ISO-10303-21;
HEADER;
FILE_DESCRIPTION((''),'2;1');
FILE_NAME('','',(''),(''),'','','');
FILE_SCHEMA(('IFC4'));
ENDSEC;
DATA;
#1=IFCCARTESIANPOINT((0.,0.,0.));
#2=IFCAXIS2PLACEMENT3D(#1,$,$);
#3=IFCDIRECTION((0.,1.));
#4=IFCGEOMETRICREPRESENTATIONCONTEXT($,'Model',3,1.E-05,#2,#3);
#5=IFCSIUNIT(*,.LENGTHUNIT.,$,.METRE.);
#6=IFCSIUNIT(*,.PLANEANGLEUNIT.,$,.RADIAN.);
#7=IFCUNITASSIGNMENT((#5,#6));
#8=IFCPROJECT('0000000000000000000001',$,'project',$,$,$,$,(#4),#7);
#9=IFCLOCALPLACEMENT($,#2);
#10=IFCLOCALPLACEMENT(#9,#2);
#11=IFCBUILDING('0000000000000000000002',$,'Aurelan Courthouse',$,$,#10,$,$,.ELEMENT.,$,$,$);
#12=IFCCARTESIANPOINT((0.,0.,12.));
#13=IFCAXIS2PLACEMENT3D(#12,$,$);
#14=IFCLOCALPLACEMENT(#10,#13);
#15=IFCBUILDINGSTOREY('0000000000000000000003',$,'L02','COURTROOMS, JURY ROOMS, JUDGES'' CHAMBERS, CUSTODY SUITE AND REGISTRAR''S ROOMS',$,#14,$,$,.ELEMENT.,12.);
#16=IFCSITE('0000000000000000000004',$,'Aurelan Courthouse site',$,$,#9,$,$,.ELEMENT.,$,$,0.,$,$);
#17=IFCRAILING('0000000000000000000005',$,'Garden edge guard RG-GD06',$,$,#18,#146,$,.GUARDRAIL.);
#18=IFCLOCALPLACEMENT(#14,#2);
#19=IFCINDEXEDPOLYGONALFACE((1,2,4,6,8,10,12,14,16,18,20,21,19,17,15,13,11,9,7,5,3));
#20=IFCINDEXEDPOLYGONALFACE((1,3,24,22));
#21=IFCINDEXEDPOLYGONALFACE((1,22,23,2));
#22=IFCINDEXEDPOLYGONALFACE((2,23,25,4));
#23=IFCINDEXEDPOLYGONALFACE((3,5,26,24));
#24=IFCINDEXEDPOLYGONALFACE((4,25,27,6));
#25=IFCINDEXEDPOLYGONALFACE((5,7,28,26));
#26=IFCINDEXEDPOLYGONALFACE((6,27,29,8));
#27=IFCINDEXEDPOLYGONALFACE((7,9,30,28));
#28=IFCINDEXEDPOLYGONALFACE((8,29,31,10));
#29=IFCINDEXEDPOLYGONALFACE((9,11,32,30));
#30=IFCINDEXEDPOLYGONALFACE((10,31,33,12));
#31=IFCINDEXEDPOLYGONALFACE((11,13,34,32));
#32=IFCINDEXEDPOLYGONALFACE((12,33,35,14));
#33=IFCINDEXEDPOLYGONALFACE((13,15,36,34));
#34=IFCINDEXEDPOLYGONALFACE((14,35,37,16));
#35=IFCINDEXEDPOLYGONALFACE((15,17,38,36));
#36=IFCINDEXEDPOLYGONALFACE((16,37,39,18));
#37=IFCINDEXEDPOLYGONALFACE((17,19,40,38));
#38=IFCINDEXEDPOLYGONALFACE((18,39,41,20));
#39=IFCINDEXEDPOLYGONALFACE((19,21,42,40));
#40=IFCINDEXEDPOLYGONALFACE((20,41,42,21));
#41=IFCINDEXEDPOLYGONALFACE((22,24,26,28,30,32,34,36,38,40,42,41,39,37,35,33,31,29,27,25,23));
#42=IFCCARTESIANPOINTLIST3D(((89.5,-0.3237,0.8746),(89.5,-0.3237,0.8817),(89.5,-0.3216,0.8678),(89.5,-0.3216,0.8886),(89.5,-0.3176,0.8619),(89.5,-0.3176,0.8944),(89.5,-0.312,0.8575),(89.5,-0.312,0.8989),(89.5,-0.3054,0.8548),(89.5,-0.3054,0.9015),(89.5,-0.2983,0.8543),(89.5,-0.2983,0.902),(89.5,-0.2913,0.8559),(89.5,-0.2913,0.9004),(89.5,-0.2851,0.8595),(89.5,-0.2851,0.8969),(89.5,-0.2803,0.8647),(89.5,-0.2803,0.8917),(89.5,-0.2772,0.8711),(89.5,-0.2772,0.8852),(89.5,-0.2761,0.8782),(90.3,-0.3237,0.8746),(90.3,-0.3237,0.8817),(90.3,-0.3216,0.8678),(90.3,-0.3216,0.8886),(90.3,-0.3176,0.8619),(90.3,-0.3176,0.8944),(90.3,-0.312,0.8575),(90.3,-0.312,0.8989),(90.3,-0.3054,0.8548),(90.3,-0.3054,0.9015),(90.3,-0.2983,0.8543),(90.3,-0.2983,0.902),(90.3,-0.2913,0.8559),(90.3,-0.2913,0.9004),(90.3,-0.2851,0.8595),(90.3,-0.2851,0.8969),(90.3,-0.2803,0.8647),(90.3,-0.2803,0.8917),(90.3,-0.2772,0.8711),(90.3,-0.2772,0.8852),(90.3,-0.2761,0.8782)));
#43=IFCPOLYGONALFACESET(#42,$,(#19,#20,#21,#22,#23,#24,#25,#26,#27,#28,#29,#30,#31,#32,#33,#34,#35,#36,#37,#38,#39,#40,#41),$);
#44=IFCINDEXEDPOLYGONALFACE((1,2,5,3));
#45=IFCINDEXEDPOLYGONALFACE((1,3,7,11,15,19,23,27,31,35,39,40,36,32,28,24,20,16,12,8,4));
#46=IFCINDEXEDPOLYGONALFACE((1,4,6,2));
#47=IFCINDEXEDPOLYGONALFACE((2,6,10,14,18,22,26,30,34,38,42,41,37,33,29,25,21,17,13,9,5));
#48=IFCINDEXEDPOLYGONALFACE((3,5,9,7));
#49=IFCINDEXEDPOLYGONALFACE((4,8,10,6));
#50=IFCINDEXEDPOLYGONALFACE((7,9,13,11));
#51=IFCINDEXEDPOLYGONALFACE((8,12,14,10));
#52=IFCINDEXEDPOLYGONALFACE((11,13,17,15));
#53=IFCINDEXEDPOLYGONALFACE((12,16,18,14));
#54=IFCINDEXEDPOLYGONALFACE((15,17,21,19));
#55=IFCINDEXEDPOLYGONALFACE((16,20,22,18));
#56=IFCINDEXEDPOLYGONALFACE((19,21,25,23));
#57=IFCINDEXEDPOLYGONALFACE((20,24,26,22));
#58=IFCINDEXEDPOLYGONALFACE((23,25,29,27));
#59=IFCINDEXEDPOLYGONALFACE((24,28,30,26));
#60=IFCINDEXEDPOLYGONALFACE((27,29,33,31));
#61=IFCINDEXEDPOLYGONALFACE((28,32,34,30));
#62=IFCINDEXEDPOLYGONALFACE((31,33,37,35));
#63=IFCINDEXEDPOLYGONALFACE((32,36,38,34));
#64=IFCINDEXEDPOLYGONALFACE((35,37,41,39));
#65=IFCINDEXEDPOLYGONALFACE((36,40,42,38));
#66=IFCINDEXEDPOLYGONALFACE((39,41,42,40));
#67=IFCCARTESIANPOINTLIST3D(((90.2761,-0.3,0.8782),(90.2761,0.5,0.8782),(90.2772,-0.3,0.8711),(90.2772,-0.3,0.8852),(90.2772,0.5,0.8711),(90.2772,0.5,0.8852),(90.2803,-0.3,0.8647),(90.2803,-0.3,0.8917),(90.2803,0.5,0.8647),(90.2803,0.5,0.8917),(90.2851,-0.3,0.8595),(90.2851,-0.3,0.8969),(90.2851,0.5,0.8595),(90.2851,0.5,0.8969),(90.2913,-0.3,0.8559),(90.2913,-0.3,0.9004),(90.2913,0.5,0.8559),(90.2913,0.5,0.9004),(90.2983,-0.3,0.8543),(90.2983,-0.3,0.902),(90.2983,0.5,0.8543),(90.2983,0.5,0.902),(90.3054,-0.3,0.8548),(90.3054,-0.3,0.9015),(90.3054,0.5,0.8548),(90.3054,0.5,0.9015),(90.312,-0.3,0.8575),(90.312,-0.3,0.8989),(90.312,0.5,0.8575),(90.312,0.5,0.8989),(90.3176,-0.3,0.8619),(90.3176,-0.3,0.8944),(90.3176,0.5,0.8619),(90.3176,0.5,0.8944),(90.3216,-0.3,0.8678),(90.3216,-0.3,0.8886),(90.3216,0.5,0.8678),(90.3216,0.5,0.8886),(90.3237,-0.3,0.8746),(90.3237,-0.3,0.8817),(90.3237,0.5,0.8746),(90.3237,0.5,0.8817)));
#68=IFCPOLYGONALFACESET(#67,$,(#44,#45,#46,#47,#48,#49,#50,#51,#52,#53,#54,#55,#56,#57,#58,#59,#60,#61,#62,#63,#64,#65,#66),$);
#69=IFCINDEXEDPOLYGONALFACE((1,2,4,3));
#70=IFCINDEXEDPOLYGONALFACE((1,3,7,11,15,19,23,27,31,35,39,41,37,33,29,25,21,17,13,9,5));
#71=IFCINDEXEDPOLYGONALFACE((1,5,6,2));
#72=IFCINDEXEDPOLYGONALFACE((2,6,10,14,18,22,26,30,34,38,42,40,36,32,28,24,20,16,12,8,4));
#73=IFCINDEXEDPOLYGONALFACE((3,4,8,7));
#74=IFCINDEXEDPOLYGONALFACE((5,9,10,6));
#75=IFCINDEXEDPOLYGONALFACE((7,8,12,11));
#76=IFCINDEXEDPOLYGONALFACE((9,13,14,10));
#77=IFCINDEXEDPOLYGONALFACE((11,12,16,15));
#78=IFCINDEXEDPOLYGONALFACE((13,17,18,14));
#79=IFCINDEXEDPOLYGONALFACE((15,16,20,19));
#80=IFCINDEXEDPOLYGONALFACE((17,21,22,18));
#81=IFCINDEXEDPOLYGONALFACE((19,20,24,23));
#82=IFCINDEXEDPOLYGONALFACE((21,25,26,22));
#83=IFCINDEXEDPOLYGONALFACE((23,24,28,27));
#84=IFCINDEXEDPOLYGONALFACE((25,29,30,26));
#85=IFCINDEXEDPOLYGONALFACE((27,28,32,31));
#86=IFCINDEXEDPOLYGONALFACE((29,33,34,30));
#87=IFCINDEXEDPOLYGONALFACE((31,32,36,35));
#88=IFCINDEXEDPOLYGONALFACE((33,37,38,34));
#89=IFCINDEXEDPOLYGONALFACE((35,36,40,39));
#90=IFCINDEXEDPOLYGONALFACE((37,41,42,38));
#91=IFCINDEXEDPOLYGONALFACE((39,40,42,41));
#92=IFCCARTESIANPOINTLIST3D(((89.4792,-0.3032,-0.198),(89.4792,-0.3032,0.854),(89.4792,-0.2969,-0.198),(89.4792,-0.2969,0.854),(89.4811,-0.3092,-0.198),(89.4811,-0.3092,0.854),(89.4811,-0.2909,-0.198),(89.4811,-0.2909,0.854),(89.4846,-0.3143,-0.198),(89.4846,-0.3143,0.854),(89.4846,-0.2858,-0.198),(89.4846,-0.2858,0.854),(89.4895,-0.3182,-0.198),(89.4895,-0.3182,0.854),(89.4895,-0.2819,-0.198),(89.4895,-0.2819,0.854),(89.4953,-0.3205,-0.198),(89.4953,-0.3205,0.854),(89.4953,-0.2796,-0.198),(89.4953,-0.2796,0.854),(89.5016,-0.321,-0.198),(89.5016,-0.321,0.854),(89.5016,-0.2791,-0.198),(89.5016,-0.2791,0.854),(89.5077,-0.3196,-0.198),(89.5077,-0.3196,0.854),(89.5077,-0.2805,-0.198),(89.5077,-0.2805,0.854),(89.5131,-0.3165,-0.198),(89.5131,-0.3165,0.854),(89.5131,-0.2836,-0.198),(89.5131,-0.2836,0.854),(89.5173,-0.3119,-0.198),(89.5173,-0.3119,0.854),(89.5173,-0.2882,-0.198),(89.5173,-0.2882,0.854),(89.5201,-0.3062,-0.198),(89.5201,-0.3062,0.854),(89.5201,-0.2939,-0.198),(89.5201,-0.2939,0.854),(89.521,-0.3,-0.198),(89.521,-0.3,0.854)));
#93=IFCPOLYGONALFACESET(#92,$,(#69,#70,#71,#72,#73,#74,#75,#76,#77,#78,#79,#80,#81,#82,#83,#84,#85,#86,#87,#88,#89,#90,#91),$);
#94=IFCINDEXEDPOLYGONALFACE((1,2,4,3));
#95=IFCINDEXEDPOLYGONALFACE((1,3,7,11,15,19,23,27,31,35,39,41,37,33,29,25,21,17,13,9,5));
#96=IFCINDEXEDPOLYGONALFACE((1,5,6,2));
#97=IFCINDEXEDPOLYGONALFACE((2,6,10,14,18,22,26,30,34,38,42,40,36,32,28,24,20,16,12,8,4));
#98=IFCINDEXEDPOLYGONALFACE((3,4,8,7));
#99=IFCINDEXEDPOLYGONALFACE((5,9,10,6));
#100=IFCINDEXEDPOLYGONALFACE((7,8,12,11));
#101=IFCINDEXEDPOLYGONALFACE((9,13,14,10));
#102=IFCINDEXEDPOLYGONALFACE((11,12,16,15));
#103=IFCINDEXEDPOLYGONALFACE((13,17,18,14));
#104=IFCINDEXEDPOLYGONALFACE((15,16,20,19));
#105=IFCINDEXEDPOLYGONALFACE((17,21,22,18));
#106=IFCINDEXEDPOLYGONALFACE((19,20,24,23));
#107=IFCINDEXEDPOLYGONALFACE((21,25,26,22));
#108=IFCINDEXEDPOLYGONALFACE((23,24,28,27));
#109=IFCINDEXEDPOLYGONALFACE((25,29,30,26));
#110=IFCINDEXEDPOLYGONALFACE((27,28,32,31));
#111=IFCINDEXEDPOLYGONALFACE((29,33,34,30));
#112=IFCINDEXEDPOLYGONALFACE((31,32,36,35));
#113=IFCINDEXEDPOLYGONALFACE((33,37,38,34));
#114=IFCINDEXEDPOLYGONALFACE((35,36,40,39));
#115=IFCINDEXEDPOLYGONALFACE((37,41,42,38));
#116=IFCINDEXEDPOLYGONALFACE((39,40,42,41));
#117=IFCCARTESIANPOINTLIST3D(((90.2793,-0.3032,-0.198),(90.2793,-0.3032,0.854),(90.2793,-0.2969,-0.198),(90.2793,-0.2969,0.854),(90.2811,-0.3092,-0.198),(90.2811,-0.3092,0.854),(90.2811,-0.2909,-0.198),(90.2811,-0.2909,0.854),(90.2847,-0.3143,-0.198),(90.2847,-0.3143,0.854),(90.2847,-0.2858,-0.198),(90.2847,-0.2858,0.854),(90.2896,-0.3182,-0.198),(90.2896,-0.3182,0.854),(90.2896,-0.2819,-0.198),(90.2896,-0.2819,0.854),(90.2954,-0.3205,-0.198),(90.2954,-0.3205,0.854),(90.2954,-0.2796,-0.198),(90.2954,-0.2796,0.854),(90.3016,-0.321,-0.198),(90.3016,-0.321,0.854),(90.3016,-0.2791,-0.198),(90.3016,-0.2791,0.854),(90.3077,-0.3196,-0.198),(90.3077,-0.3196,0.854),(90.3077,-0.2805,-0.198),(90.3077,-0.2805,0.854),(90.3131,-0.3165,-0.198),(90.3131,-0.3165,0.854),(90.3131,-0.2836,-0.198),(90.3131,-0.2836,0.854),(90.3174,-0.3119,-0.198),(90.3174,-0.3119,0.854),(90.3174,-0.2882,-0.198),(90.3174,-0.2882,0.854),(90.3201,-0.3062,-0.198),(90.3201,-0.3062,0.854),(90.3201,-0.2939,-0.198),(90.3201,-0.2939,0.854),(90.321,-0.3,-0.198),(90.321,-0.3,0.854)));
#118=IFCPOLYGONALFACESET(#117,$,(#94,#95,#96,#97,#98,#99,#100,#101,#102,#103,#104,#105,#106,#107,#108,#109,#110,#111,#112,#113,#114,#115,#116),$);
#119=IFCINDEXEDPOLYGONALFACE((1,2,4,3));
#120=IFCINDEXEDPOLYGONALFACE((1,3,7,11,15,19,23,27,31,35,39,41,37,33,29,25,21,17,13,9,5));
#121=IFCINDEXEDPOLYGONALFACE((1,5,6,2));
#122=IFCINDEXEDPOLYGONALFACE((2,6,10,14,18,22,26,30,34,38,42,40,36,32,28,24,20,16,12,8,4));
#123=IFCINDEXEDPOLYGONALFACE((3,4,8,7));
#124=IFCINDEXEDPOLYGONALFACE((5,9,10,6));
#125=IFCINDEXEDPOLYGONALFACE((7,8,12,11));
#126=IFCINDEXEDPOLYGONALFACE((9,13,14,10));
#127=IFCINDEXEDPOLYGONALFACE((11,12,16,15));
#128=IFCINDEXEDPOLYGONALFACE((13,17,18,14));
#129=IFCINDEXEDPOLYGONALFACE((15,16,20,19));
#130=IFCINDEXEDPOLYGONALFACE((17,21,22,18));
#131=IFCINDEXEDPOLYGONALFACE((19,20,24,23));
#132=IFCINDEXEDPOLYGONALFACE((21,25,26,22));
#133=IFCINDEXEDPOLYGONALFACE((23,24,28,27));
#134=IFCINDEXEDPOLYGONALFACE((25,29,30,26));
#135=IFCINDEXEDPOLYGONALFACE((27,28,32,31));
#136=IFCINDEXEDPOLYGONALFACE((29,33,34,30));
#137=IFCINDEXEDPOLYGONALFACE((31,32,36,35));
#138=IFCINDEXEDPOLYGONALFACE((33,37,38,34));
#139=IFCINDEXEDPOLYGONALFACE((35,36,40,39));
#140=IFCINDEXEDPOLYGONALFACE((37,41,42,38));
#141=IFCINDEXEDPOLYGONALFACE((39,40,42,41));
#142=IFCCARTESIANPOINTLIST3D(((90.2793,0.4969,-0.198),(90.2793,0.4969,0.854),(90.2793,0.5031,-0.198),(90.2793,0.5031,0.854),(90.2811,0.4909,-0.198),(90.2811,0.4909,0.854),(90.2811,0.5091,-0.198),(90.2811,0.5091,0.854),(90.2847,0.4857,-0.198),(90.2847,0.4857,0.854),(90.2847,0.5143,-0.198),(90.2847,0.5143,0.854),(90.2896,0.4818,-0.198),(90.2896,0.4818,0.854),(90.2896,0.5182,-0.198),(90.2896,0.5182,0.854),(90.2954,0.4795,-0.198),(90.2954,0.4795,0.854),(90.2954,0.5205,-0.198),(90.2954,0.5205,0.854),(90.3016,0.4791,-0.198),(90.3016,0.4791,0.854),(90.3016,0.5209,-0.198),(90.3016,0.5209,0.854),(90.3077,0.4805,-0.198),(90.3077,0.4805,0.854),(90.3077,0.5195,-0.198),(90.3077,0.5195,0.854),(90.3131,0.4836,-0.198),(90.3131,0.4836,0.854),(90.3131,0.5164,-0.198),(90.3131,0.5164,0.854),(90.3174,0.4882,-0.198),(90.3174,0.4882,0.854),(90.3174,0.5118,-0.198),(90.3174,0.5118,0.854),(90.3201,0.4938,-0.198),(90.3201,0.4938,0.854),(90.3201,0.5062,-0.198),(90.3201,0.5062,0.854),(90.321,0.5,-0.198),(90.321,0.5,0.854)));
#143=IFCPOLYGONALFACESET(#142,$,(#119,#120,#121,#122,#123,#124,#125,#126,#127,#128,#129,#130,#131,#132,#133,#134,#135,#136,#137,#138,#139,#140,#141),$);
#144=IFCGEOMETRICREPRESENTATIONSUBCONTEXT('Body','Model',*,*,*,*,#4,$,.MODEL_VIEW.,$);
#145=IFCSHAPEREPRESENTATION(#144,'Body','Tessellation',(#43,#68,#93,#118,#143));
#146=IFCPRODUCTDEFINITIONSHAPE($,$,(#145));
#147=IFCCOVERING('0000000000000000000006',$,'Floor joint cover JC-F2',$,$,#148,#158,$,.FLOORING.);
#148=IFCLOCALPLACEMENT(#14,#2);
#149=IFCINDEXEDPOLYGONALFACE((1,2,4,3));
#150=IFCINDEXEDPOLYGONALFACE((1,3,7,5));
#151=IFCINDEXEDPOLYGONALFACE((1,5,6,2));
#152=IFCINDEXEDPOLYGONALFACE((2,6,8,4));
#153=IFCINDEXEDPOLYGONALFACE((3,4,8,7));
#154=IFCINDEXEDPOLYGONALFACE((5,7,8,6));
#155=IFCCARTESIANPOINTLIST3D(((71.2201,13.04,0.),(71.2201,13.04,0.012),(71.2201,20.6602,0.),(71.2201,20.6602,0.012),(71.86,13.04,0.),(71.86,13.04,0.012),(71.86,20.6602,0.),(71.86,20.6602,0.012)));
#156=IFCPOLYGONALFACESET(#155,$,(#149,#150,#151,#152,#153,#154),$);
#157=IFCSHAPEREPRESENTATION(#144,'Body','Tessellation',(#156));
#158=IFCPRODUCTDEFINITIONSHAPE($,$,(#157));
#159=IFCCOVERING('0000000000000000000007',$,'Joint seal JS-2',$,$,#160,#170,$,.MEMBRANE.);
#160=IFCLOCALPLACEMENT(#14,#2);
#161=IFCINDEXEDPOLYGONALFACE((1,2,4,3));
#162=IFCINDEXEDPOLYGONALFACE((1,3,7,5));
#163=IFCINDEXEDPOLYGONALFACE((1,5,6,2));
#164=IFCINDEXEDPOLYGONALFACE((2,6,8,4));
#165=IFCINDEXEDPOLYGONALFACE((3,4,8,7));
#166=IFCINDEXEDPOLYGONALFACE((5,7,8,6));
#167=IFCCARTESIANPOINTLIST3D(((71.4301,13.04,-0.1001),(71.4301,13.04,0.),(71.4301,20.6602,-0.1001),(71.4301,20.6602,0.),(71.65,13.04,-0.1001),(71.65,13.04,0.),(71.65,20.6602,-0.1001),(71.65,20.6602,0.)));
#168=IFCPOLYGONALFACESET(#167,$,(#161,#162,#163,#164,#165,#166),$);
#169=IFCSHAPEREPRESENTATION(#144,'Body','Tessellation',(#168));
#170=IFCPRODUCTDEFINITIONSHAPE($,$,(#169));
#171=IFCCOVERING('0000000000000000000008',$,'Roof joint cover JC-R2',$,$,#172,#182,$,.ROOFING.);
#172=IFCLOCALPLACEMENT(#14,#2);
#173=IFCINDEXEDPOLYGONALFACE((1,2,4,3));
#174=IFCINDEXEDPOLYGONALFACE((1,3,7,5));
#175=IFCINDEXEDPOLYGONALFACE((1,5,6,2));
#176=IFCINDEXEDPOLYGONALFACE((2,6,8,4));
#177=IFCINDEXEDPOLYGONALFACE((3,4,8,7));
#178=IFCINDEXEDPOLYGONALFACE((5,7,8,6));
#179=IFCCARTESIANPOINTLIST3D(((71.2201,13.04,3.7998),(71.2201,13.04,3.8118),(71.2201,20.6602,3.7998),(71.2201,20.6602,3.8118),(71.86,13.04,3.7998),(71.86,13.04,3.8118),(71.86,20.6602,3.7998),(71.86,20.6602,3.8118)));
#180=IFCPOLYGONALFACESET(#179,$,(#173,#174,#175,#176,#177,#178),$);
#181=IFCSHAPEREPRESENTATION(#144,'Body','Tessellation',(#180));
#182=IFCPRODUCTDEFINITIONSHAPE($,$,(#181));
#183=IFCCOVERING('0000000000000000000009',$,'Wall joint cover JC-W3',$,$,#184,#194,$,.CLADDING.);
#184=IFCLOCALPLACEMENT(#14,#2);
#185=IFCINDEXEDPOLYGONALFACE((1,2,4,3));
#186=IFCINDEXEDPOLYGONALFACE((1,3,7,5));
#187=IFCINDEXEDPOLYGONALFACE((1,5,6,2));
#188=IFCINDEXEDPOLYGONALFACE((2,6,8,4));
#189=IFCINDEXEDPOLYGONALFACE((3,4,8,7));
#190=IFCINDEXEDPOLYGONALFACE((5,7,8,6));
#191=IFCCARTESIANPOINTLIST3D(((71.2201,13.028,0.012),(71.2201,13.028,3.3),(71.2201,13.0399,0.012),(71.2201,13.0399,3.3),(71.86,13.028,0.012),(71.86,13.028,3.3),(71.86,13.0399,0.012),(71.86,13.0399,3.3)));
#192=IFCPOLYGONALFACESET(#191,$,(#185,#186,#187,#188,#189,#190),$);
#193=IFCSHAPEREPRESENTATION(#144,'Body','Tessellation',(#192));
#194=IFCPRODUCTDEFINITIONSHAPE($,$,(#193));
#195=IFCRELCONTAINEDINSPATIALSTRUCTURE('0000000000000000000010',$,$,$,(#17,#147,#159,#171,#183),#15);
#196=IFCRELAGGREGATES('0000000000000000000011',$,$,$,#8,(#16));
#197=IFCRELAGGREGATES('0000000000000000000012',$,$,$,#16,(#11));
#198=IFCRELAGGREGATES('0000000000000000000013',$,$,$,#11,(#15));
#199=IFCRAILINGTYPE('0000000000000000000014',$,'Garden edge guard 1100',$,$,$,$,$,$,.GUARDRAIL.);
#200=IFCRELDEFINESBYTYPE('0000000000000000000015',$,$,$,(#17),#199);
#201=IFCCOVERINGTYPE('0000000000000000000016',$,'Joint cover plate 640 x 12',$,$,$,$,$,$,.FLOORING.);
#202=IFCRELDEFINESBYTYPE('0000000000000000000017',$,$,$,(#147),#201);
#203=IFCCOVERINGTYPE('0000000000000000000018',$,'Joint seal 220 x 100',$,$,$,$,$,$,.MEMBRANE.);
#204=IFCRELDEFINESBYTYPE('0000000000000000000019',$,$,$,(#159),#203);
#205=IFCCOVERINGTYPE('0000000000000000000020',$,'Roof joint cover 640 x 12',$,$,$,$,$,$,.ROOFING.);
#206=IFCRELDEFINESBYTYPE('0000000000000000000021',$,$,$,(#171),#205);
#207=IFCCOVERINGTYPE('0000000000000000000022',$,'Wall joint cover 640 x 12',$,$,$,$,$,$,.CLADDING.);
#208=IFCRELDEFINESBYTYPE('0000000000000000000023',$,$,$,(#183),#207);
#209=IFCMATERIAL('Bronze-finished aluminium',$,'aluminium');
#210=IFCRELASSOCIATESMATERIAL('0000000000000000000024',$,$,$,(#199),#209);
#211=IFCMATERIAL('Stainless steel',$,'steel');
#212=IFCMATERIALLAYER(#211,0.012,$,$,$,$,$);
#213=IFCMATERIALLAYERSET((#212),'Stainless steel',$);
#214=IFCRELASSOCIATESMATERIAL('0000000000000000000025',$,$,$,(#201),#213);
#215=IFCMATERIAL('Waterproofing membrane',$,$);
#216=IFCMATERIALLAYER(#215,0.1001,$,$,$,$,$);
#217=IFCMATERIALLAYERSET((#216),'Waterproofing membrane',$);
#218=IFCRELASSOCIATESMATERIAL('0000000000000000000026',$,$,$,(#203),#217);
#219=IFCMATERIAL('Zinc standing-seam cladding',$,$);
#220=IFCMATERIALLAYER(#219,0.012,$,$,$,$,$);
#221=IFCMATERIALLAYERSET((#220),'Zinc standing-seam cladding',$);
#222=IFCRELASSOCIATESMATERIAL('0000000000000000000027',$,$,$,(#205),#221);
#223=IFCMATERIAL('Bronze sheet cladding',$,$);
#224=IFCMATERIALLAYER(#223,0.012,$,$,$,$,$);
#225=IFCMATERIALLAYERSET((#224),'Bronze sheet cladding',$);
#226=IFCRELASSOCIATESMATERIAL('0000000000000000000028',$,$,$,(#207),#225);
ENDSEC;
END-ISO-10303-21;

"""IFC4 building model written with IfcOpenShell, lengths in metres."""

from ifc_helpers import new_model, si_unit, direction, frame, origin, origin_2d, place, context, subcontext, project, spatial, rectangle, circle, extrude, material, layer, layer_set, type_object, element, save


model = new_model("IFC4")

# Units and contexts
model_context = context("Model", 3, precision=1e-05, world=origin(), true_north=direction((0.0, 1.0)))
body_context = subcontext(model_context, "Body", "Model", "MODEL_VIEW")
ifc_project = project(units=[si_unit("LENGTHUNIT", "METRE"), si_unit("PLANEANGLEUNIT", "RADIAN")], contexts=[model_context])

# Site, building, storey
site_placement = place(None, origin())
site = spatial("IfcSite", under=ifc_project, at=site_placement, Name="Aurelan Courthouse site", CompositionType="ELEMENT", RefElevation=0.0)
building_placement = place(site_placement, origin())
building = spatial("IfcBuilding", under=site, at=building_placement, Name="Aurelan Courthouse", CompositionType="ELEMENT")
storey_placement = place(building_placement, frame((0.0, 0.0, 12.0)))
storey = spatial("IfcBuildingStorey", under=building, at=storey_placement, Name="L02", Description="COURTROOMS, JURY ROOMS, JUDGES' CHAMBERS, CUSTODY SUITE AND REGISTRAR'S ROOMS", CompositionType="ELEMENT", Elevation=12.0)

# Shared definitions
ifc_material_1 = material(Name="Bronze-finished aluminium", Category="aluminium")

# Railing
railing_type_1 = type_object("IfcRailingType", Name="Garden edge guard 1100", PredefinedType="GUARDRAIL", material=ifc_material_1)
railing_1_placement = place(storey_placement, frame((89.5, -0.3, -0.198)))
element("IfcRailing", 1, at=railing_1_placement, inside=storey, type_object=railing_type_1, Name="Garden edge guard RG-GD06", PredefinedType="GUARDRAIL", context=body_context, shape_type="SweptSolid", body=[
    extrude(circle(Radius=0.0239, at=origin_2d()), frame((0.0, 0.0, 1.0762), z_axis=(1.0, 0.0, 0.0), x_axis=(0.0, 1.0, 0.0)), (0.0, 0.0, 1.0), 0.8),
    extrude(circle(Radius=0.0239, at=origin_2d()), frame((0.8, 0.0, 1.0762), z_axis=(0.0, 1.0, 0.0), x_axis=(-1.0, 0.0, 0.0)), (0.0, 0.0, 1.0), 0.8),
    extrude(circle(Radius=0.021, at=origin_2d()), origin(), (0.0, 0.0, 1.0), 1.052),
    extrude(circle(Radius=0.021, at=origin_2d()), frame((0.8, 0.0, 0.0)), (0.0, 0.0, 1.0), 1.052),
    extrude(circle(Radius=0.021, at=origin_2d()), frame((0.8, 0.8, 0.0)), (0.0, 0.0, 1.0), 1.052),
])

# Coverings
ifc_material_2 = material(Name="Stainless steel", Category="steel")
ifc_layer_1 = layer(ifc_material_2, 0.012)
ifc_layer_set_1 = layer_set([ifc_layer_1], Name="Stainless steel")
covering_type_1 = type_object("IfcCoveringType", Name="Joint cover plate 640 x 12", PredefinedType="FLOORING", material=ifc_layer_set_1)
covering_1_placement = place(storey_placement, frame((71.54, 16.8501, 0.0), z_axis=(0.0, 0.0, 1.0), x_axis=(1.0, 0.0, 0.0)))
element("IfcCovering", 2, at=covering_1_placement, inside=storey, type_object=covering_type_1, Name="Floor joint cover JC-F2", PredefinedType="FLOORING", context=body_context, shape_type="SweptSolid", body=[
    extrude(rectangle(XDim=0.6399, YDim=7.6201, at=origin_2d()), origin(), (0.0, 0.0, 1.0), 0.012),
])
ifc_material_3 = material(Name="Waterproofing membrane")
ifc_layer_2 = layer(ifc_material_3, 0.1001)
ifc_layer_set_2 = layer_set([ifc_layer_2], Name="Waterproofing membrane")
covering_type_2 = type_object("IfcCoveringType", Name="Joint seal 220 x 100", PredefinedType="MEMBRANE", material=ifc_layer_set_2)
covering_2_placement = place(storey_placement, frame((71.54, 16.8501, -0.1001), z_axis=(0.0, 0.0, 1.0), x_axis=(1.0, 0.0, 0.0)))
element("IfcCovering", 3, at=covering_2_placement, inside=storey, type_object=covering_type_2, Name="Joint seal JS-2", PredefinedType="MEMBRANE", context=body_context, shape_type="SweptSolid", body=[
    extrude(rectangle(XDim=0.22, YDim=7.6201, at=origin_2d()), origin(), (0.0, 0.0, 1.0), 0.1001),
])
ifc_material_4 = material(Name="Zinc standing-seam cladding")
ifc_layer_3 = layer(ifc_material_4, 0.012)
ifc_layer_set_3 = layer_set([ifc_layer_3], Name="Zinc standing-seam cladding")
covering_type_3 = type_object("IfcCoveringType", Name="Roof joint cover 640 x 12", PredefinedType="ROOFING", material=ifc_layer_set_3)
covering_3_placement = place(storey_placement, frame((71.54, 16.8501, 3.7998), z_axis=(0.0, 0.0, 1.0), x_axis=(1.0, 0.0, 0.0)))
element("IfcCovering", 4, at=covering_3_placement, inside=storey, type_object=covering_type_3, Name="Roof joint cover JC-R2", PredefinedType="ROOFING", context=body_context, shape_type="SweptSolid", body=[
    extrude(rectangle(XDim=0.6399, YDim=7.6201, at=origin_2d()), origin(), (0.0, 0.0, 1.0), 0.012),
])
ifc_material_5 = material(Name="Bronze sheet cladding")
ifc_layer_4 = layer(ifc_material_5, 0.012)
ifc_layer_set_4 = layer_set([ifc_layer_4], Name="Bronze sheet cladding")
covering_type_4 = type_object("IfcCoveringType", Name="Wall joint cover 640 x 12", PredefinedType="CLADDING", material=ifc_layer_set_4)
covering_4_placement = place(storey_placement, frame((71.54, 13.0339, 0.012), z_axis=(0.0, 0.0, 1.0), x_axis=(1.0, 0.0, 0.0)))
element("IfcCovering", 5, at=covering_4_placement, inside=storey, type_object=covering_type_4, Name="Wall joint cover JC-W3", PredefinedType="CLADDING", context=body_context, shape_type="SweptSolid", body=[
    extrude(rectangle(XDim=0.6399, YDim=0.012, at=origin_2d()), origin(), (0.0, 0.0, 1.0), 3.2881),
])

save(model, "model.ifc")
